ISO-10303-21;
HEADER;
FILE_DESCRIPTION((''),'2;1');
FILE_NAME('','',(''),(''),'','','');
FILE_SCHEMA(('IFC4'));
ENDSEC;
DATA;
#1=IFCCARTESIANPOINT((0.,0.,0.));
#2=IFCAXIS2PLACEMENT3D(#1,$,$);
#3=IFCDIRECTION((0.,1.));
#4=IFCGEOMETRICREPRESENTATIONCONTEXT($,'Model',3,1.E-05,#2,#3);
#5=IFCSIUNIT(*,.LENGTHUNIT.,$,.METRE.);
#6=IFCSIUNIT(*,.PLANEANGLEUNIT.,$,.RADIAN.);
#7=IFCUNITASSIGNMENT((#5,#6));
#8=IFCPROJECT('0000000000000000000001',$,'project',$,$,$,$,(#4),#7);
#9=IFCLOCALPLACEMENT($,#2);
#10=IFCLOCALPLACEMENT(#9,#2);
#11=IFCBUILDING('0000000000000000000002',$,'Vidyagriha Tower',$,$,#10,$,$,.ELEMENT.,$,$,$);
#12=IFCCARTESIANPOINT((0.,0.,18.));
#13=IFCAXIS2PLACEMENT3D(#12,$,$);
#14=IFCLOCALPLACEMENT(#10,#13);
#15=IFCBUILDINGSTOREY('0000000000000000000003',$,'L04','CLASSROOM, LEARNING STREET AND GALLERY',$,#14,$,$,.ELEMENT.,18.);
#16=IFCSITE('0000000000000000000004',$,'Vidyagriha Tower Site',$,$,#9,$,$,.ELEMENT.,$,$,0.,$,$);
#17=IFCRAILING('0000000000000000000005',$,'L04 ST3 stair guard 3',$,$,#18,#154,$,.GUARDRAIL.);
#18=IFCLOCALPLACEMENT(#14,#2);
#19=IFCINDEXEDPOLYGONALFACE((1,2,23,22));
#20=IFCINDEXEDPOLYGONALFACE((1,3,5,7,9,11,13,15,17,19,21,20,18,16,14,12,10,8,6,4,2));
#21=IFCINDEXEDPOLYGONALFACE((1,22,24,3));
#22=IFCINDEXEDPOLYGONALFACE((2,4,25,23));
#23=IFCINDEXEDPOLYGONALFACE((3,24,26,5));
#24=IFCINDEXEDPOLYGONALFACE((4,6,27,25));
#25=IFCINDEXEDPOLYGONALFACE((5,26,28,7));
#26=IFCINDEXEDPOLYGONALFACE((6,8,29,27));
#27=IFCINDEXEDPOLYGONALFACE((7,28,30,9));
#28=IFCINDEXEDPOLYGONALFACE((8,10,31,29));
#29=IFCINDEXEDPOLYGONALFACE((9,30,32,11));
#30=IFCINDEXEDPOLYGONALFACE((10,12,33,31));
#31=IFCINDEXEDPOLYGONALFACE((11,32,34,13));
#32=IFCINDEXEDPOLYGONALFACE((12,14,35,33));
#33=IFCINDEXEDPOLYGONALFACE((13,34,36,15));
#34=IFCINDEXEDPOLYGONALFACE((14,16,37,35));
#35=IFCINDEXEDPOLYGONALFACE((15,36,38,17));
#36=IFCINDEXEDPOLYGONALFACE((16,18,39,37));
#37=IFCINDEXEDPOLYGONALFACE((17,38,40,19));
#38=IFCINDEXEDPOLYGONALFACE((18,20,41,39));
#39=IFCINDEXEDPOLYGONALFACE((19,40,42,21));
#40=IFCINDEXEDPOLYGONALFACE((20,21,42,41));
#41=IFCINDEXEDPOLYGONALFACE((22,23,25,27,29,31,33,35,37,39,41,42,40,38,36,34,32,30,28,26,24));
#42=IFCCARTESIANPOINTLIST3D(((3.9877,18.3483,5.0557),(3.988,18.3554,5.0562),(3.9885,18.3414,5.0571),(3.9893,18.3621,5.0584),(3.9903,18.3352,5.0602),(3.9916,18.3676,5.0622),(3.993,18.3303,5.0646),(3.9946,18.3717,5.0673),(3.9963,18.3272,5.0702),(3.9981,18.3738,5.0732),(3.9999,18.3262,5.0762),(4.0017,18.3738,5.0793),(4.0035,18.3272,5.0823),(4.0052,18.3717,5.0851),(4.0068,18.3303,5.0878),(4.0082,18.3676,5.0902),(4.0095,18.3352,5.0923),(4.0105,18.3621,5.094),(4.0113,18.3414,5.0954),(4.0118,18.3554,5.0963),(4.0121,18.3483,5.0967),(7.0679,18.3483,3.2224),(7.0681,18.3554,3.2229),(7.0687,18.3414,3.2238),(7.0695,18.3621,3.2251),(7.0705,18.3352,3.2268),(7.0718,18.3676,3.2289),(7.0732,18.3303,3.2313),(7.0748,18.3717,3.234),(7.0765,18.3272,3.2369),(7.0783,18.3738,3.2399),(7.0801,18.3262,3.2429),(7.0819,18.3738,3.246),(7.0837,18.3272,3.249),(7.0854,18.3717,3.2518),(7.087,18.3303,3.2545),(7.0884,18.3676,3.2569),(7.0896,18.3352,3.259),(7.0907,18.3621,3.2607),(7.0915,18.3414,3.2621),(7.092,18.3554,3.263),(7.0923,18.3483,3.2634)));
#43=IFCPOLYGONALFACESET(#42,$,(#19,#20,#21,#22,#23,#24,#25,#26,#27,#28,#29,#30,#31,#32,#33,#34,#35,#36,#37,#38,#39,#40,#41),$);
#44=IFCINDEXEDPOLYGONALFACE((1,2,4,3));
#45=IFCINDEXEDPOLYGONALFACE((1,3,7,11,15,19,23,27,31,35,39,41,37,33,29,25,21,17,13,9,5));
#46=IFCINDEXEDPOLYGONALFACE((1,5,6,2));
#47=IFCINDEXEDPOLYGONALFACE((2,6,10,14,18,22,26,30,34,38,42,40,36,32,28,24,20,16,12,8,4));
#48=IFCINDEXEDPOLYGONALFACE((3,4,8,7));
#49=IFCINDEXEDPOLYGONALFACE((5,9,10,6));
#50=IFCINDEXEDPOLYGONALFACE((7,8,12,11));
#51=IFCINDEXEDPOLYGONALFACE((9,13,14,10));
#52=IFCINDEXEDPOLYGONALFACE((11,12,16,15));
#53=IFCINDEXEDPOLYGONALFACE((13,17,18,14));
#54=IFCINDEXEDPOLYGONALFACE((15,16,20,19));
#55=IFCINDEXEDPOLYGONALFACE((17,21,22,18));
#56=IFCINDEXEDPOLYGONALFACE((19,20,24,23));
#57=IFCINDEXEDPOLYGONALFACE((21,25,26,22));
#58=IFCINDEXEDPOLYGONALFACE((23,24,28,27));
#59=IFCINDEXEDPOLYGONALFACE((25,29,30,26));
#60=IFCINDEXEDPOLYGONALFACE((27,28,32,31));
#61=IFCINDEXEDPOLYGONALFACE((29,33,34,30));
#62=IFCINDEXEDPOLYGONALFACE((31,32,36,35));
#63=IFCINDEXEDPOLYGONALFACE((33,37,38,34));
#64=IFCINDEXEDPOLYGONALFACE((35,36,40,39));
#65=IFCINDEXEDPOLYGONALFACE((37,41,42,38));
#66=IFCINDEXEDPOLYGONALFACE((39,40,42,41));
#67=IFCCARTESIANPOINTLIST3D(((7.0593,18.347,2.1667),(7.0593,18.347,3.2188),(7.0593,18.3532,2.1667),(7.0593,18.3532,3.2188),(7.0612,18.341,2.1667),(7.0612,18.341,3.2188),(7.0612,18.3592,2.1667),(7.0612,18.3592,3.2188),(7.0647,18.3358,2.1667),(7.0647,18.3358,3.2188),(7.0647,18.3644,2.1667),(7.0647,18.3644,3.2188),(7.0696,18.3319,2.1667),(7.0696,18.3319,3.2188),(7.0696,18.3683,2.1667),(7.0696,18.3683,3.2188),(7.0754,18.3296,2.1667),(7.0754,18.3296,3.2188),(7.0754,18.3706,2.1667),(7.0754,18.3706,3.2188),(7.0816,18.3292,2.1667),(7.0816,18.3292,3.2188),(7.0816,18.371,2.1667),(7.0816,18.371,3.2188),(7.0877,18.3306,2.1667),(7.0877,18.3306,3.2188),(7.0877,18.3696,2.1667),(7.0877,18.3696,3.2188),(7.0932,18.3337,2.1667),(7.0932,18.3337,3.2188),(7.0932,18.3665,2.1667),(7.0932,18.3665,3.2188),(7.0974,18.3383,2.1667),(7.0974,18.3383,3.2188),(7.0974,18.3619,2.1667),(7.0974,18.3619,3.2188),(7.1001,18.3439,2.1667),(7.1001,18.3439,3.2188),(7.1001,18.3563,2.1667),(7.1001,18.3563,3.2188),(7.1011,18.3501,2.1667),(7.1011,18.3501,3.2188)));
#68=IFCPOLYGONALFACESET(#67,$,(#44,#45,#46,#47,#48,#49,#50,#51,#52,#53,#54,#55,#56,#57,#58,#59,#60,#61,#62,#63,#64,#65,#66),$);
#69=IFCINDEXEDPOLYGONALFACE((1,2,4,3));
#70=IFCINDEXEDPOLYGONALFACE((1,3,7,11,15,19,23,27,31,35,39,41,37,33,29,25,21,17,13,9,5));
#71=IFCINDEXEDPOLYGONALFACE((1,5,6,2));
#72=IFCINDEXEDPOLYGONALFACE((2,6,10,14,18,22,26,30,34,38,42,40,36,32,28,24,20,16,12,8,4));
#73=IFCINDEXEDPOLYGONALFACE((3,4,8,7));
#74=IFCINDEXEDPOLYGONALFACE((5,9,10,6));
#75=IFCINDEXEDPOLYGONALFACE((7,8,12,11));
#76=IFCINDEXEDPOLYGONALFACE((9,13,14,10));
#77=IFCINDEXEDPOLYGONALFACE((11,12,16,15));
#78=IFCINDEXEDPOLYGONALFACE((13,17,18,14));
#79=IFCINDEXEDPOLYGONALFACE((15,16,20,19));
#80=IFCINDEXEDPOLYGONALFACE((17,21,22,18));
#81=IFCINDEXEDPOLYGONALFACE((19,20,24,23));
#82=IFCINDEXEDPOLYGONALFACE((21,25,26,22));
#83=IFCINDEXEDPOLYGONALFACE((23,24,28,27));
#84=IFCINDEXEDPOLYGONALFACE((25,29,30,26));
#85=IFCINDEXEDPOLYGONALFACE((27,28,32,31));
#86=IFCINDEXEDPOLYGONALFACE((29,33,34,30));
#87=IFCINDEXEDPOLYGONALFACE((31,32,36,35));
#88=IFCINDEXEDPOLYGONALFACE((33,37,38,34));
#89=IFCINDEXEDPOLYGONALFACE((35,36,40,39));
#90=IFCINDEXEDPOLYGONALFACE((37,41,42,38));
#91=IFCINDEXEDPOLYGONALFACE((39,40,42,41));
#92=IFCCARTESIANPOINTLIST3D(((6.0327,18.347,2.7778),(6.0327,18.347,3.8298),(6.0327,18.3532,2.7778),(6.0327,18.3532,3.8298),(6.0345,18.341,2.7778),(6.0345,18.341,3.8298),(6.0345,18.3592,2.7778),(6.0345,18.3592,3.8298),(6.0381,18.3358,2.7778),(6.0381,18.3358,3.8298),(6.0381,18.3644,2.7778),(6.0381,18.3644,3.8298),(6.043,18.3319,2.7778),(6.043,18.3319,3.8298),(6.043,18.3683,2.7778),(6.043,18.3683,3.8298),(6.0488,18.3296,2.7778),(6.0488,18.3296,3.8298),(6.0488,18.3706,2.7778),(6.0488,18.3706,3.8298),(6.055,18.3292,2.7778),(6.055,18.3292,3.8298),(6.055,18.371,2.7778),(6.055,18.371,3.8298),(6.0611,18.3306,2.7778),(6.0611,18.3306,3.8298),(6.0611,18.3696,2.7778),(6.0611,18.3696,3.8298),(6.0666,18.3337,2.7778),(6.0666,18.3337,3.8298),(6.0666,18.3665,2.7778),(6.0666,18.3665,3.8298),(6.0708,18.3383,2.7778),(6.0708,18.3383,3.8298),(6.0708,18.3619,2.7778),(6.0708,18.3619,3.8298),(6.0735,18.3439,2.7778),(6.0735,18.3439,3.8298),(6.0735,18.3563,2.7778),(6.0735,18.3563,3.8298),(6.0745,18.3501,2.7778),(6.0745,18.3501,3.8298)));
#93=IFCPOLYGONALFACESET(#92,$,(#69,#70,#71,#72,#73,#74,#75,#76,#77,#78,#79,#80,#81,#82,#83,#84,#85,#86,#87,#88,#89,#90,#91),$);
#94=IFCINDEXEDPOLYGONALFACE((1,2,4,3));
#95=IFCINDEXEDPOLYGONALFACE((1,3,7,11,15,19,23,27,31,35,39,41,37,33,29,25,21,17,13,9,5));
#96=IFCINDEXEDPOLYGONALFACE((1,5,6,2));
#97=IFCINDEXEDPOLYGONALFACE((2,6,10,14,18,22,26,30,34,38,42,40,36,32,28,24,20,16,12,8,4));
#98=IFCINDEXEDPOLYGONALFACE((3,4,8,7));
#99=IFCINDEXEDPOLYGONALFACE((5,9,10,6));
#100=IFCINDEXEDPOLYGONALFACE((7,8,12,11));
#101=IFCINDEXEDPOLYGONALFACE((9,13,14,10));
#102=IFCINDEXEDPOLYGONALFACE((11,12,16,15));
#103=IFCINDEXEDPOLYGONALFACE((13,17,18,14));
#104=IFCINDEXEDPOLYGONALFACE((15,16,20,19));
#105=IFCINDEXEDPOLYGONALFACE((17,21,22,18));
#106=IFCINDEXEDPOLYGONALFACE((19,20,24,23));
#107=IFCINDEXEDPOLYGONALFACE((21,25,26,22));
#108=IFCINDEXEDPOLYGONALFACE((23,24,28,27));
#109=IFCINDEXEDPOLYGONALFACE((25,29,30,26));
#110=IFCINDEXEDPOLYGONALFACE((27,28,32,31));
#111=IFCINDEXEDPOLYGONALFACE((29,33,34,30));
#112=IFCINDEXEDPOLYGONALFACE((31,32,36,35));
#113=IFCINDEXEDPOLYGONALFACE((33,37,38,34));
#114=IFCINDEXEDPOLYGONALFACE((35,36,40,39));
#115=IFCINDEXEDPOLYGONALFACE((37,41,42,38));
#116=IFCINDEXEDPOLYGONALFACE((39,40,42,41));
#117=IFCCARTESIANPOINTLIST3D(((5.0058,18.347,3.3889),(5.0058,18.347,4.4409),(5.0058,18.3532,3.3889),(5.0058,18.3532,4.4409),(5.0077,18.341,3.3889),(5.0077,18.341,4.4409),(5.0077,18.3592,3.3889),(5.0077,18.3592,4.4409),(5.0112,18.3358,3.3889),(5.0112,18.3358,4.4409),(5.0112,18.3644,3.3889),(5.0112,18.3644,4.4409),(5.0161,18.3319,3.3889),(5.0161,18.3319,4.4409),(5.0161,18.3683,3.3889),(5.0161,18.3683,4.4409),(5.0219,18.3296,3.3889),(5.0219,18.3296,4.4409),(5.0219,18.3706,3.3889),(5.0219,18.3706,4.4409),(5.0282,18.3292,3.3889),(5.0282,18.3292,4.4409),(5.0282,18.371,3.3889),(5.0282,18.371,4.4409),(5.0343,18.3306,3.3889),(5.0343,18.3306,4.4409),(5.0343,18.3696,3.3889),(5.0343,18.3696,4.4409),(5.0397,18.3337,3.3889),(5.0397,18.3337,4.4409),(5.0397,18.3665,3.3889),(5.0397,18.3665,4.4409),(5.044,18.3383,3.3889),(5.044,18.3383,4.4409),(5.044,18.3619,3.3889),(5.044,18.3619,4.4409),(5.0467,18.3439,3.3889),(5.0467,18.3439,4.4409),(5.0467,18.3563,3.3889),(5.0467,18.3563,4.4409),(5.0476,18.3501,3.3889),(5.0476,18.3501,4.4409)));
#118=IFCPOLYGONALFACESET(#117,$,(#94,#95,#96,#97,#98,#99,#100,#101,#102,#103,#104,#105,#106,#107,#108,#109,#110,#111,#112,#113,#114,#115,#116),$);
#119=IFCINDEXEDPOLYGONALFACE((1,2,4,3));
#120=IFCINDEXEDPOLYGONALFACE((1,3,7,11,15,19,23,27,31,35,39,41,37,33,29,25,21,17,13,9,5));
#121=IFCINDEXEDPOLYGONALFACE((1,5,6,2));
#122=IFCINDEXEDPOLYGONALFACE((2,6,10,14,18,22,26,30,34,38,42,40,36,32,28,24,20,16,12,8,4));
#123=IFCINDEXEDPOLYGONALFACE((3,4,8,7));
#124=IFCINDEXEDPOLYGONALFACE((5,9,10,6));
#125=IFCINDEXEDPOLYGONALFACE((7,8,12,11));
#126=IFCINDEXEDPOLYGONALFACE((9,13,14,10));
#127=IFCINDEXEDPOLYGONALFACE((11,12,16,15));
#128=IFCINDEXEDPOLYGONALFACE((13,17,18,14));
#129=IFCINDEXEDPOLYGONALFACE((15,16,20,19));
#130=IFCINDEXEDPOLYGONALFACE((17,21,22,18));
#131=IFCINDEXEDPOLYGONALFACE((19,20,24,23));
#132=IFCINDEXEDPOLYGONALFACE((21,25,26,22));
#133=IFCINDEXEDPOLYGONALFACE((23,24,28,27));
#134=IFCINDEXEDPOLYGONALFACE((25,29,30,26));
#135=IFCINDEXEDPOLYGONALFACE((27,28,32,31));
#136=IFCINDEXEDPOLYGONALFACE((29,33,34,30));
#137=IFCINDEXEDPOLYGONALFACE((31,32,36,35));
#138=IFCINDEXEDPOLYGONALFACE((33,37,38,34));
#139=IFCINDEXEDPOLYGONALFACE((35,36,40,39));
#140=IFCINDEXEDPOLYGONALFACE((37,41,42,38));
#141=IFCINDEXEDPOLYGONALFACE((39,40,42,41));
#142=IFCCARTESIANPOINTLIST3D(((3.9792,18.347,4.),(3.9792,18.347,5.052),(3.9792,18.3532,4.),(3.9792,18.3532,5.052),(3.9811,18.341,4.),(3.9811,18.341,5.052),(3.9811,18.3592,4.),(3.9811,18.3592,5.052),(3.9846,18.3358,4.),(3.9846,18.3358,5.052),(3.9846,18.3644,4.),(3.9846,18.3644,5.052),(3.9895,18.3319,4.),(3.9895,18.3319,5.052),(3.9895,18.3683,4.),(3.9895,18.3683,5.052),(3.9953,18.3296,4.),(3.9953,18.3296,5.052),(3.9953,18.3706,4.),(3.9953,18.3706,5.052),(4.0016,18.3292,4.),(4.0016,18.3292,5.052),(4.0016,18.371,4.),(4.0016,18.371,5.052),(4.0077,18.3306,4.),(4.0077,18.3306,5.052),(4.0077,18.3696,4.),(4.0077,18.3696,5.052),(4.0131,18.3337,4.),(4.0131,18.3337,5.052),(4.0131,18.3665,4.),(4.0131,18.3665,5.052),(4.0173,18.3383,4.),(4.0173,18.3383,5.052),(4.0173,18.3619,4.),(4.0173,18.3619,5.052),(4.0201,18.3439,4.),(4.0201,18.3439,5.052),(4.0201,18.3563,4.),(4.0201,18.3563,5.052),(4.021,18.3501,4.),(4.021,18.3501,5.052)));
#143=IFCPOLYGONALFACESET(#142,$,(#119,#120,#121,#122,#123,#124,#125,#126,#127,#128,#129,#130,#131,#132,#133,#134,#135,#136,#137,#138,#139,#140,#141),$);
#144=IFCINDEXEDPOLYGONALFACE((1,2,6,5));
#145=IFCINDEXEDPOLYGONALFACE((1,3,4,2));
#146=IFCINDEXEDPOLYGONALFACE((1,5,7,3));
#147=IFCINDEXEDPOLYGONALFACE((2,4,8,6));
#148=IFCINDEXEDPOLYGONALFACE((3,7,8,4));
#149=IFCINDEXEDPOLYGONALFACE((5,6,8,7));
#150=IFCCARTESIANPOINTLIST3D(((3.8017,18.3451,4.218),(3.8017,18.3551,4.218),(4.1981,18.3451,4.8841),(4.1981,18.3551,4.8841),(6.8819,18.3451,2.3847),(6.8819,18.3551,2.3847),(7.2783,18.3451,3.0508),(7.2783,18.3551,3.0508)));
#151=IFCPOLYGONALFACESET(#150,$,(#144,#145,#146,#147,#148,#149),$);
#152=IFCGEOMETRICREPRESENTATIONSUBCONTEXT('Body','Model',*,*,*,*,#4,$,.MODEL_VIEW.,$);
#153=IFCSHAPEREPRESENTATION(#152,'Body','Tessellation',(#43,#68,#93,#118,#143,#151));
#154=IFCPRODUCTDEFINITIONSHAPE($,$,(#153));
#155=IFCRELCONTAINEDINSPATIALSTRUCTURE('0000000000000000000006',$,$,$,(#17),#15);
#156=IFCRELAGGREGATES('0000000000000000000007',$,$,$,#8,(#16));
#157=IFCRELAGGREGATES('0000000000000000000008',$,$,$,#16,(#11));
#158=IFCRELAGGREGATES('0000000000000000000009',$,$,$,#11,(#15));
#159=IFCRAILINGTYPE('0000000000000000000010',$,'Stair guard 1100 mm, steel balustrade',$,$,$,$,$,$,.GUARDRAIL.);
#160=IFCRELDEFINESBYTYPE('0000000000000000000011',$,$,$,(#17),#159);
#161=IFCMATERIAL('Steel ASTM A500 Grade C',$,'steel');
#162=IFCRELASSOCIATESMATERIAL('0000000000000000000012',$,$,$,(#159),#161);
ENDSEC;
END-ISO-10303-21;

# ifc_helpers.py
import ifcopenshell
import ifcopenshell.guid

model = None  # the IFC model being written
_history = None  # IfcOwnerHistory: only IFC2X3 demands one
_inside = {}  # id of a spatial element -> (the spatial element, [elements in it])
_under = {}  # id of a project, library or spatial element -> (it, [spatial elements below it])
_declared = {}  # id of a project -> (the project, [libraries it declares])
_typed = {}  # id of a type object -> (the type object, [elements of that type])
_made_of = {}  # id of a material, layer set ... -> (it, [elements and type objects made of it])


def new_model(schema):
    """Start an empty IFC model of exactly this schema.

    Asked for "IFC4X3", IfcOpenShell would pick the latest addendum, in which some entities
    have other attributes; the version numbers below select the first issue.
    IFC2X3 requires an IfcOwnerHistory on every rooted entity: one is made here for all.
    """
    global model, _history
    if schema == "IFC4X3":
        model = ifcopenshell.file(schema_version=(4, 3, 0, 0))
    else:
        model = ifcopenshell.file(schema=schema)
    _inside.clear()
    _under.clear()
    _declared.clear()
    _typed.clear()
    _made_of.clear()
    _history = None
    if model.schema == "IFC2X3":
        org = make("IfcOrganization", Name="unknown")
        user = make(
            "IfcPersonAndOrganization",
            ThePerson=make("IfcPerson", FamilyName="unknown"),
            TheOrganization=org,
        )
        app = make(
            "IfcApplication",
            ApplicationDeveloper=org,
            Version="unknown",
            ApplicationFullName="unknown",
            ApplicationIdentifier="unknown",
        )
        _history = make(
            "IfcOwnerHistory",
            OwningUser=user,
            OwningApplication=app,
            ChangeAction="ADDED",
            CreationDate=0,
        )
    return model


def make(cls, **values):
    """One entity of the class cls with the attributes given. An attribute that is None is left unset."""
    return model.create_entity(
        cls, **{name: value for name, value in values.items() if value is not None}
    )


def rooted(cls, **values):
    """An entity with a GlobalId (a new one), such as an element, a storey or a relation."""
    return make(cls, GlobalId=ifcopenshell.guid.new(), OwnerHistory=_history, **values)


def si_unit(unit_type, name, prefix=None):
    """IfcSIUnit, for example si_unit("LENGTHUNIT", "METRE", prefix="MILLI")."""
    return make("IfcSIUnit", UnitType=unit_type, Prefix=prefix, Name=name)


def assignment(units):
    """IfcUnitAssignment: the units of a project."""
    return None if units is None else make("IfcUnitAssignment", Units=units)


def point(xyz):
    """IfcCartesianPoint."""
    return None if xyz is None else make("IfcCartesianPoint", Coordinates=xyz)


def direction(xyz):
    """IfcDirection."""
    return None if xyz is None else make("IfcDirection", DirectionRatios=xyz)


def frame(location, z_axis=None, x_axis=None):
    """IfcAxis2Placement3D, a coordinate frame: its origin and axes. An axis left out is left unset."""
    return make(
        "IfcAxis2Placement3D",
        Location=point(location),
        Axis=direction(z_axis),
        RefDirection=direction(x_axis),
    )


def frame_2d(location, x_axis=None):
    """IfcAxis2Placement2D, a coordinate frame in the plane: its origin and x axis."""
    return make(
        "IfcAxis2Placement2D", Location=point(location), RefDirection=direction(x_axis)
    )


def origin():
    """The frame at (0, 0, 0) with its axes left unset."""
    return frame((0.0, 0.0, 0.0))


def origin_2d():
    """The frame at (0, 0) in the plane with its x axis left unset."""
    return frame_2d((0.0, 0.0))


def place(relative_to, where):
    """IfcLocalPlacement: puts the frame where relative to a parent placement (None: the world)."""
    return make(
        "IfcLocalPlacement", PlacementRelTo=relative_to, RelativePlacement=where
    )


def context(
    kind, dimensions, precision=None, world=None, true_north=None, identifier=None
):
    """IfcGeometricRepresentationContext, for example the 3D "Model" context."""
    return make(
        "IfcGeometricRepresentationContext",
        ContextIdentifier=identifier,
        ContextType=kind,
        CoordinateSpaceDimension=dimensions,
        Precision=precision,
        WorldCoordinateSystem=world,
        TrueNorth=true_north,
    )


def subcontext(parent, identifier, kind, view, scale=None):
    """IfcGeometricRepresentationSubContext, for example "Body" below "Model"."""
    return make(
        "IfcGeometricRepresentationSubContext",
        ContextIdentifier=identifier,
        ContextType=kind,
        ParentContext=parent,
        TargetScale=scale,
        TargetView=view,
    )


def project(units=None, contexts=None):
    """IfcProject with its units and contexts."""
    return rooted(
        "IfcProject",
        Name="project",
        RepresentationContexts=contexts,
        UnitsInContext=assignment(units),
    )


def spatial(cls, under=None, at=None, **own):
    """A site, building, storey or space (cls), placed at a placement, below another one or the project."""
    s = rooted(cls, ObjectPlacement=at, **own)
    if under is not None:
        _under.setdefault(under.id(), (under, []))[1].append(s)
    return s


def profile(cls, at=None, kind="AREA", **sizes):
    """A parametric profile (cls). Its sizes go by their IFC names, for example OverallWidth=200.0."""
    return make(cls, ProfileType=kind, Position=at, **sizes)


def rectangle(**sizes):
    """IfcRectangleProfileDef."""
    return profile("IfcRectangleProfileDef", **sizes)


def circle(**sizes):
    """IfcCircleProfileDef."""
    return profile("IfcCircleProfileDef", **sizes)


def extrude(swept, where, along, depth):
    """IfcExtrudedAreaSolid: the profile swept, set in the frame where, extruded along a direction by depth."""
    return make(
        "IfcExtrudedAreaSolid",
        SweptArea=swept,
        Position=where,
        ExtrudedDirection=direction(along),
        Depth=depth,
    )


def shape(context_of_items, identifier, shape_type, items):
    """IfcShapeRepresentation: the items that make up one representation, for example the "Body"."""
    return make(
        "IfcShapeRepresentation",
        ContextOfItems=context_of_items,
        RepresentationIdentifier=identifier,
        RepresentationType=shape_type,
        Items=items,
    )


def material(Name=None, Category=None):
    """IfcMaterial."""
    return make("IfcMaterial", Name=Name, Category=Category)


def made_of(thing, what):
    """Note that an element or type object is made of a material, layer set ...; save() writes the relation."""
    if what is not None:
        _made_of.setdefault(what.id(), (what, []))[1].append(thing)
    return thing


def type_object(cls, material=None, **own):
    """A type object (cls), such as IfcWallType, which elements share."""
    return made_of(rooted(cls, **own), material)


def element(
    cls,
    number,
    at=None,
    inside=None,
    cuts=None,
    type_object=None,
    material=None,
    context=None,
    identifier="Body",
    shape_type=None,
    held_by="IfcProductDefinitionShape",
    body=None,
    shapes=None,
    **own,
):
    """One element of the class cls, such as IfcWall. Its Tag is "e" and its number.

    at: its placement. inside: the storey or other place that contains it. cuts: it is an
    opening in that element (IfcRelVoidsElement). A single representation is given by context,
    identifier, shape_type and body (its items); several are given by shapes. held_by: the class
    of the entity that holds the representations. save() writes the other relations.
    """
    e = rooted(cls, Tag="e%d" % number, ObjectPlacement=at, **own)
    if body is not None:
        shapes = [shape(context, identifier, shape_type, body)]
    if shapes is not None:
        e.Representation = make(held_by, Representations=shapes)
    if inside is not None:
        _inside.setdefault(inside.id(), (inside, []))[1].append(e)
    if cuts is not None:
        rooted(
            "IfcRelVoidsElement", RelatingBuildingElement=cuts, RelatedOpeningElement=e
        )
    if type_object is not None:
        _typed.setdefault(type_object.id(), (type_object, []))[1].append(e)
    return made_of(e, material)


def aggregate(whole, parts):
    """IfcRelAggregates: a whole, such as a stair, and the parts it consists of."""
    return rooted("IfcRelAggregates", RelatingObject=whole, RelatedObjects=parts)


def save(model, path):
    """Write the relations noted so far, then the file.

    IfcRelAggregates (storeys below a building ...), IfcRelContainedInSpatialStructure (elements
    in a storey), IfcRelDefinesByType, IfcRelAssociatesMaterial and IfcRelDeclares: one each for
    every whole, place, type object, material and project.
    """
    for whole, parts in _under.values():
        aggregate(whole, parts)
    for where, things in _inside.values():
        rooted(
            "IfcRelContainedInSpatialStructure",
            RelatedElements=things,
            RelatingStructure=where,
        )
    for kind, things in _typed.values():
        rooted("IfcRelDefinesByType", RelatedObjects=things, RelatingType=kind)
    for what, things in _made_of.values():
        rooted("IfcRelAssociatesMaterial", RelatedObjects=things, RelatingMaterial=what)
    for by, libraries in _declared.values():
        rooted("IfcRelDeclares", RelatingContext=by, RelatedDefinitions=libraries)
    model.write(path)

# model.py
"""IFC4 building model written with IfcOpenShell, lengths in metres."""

from ifc_helpers import new_model, si_unit, direction, frame, origin, origin_2d, place, context, subcontext, project, spatial, rectangle, circle, extrude, material, type_object, element, save


model = new_model("IFC4")

# Units and contexts
model_context = context("Model", 3, precision=1e-05, world=origin(), true_north=direction((0.0, 1.0)))
body_context = subcontext(model_context, "Body", "Model", "MODEL_VIEW")
ifc_project = project(units=[si_unit("LENGTHUNIT", "METRE"), si_unit("PLANEANGLEUNIT", "RADIAN")], contexts=[model_context])

# Site, building, storey
site_placement = place(None, origin())
site = spatial("IfcSite", under=ifc_project, at=site_placement, Name="Vidyagriha Tower Site", CompositionType="ELEMENT", RefElevation=0.0)
building_placement = place(site_placement, origin())
building = spatial("IfcBuilding", under=site, at=building_placement, Name="Vidyagriha Tower", CompositionType="ELEMENT")
storey_placement = place(building_placement, frame((0.0, 0.0, 18.0)))
storey = spatial("IfcBuildingStorey", under=building, at=storey_placement, Name="L04", Description="CLASSROOM, LEARNING STREET AND GALLERY", CompositionType="ELEMENT", Elevation=18.0)

# Railing
ifc_material_1 = material(Name="Steel ASTM A500 Grade C", Category="steel")
railing_type_1 = type_object("IfcRailingType", Name="Stair guard 1100 mm, steel balustrade", PredefinedType="GUARDRAIL", material=ifc_material_1)
railing_1_placement = place(storey_placement, frame((7.0801, 18.3501, 2.1667)))
element("IfcRailing", 1, at=railing_1_placement, inside=storey, type_object=railing_type_1, Name="L04 ST3 stair guard 3", PredefinedType="GUARDRAIL", context=body_context, shape_type="SweptSolid", body=[
    extrude(circle(Radius=0.0239, at=origin_2d()), frame((0.0, 0.0, 1.0762), z_axis=(-0.859309, 0.0, 0.511458), x_axis=(0.0, -1.0, 0.0)), (0.0, 0.0, 1.0), 3.5845),
    extrude(circle(Radius=0.021, at=origin_2d()), origin(), (0.0, 0.0, 1.0), 1.052),
    extrude(circle(Radius=0.021, at=origin_2d()), frame((-1.0266, 0.0, 0.6111)), (0.0, 0.0, 1.0), 1.052),
    extrude(circle(Radius=0.021, at=origin_2d()), frame((-2.0535, 0.0, 1.2222)), (0.0, 0.0, 1.0), 1.052),
    extrude(circle(Radius=0.021, at=origin_2d()), frame((-3.0801, 0.0, 1.8333)), (0.0, 0.0, 1.0), 1.052),
    extrude(rectangle(XDim=0.01, YDim=0.7751, at=origin_2d()), frame((0.0, 0.0, 0.551), z_axis=(-0.859309, 0.0, 0.511458), x_axis=(0.0, -1.0, 0.0)), (0.0, 0.0, 1.0), 3.5845),
])

save(model, "model.ifc")
